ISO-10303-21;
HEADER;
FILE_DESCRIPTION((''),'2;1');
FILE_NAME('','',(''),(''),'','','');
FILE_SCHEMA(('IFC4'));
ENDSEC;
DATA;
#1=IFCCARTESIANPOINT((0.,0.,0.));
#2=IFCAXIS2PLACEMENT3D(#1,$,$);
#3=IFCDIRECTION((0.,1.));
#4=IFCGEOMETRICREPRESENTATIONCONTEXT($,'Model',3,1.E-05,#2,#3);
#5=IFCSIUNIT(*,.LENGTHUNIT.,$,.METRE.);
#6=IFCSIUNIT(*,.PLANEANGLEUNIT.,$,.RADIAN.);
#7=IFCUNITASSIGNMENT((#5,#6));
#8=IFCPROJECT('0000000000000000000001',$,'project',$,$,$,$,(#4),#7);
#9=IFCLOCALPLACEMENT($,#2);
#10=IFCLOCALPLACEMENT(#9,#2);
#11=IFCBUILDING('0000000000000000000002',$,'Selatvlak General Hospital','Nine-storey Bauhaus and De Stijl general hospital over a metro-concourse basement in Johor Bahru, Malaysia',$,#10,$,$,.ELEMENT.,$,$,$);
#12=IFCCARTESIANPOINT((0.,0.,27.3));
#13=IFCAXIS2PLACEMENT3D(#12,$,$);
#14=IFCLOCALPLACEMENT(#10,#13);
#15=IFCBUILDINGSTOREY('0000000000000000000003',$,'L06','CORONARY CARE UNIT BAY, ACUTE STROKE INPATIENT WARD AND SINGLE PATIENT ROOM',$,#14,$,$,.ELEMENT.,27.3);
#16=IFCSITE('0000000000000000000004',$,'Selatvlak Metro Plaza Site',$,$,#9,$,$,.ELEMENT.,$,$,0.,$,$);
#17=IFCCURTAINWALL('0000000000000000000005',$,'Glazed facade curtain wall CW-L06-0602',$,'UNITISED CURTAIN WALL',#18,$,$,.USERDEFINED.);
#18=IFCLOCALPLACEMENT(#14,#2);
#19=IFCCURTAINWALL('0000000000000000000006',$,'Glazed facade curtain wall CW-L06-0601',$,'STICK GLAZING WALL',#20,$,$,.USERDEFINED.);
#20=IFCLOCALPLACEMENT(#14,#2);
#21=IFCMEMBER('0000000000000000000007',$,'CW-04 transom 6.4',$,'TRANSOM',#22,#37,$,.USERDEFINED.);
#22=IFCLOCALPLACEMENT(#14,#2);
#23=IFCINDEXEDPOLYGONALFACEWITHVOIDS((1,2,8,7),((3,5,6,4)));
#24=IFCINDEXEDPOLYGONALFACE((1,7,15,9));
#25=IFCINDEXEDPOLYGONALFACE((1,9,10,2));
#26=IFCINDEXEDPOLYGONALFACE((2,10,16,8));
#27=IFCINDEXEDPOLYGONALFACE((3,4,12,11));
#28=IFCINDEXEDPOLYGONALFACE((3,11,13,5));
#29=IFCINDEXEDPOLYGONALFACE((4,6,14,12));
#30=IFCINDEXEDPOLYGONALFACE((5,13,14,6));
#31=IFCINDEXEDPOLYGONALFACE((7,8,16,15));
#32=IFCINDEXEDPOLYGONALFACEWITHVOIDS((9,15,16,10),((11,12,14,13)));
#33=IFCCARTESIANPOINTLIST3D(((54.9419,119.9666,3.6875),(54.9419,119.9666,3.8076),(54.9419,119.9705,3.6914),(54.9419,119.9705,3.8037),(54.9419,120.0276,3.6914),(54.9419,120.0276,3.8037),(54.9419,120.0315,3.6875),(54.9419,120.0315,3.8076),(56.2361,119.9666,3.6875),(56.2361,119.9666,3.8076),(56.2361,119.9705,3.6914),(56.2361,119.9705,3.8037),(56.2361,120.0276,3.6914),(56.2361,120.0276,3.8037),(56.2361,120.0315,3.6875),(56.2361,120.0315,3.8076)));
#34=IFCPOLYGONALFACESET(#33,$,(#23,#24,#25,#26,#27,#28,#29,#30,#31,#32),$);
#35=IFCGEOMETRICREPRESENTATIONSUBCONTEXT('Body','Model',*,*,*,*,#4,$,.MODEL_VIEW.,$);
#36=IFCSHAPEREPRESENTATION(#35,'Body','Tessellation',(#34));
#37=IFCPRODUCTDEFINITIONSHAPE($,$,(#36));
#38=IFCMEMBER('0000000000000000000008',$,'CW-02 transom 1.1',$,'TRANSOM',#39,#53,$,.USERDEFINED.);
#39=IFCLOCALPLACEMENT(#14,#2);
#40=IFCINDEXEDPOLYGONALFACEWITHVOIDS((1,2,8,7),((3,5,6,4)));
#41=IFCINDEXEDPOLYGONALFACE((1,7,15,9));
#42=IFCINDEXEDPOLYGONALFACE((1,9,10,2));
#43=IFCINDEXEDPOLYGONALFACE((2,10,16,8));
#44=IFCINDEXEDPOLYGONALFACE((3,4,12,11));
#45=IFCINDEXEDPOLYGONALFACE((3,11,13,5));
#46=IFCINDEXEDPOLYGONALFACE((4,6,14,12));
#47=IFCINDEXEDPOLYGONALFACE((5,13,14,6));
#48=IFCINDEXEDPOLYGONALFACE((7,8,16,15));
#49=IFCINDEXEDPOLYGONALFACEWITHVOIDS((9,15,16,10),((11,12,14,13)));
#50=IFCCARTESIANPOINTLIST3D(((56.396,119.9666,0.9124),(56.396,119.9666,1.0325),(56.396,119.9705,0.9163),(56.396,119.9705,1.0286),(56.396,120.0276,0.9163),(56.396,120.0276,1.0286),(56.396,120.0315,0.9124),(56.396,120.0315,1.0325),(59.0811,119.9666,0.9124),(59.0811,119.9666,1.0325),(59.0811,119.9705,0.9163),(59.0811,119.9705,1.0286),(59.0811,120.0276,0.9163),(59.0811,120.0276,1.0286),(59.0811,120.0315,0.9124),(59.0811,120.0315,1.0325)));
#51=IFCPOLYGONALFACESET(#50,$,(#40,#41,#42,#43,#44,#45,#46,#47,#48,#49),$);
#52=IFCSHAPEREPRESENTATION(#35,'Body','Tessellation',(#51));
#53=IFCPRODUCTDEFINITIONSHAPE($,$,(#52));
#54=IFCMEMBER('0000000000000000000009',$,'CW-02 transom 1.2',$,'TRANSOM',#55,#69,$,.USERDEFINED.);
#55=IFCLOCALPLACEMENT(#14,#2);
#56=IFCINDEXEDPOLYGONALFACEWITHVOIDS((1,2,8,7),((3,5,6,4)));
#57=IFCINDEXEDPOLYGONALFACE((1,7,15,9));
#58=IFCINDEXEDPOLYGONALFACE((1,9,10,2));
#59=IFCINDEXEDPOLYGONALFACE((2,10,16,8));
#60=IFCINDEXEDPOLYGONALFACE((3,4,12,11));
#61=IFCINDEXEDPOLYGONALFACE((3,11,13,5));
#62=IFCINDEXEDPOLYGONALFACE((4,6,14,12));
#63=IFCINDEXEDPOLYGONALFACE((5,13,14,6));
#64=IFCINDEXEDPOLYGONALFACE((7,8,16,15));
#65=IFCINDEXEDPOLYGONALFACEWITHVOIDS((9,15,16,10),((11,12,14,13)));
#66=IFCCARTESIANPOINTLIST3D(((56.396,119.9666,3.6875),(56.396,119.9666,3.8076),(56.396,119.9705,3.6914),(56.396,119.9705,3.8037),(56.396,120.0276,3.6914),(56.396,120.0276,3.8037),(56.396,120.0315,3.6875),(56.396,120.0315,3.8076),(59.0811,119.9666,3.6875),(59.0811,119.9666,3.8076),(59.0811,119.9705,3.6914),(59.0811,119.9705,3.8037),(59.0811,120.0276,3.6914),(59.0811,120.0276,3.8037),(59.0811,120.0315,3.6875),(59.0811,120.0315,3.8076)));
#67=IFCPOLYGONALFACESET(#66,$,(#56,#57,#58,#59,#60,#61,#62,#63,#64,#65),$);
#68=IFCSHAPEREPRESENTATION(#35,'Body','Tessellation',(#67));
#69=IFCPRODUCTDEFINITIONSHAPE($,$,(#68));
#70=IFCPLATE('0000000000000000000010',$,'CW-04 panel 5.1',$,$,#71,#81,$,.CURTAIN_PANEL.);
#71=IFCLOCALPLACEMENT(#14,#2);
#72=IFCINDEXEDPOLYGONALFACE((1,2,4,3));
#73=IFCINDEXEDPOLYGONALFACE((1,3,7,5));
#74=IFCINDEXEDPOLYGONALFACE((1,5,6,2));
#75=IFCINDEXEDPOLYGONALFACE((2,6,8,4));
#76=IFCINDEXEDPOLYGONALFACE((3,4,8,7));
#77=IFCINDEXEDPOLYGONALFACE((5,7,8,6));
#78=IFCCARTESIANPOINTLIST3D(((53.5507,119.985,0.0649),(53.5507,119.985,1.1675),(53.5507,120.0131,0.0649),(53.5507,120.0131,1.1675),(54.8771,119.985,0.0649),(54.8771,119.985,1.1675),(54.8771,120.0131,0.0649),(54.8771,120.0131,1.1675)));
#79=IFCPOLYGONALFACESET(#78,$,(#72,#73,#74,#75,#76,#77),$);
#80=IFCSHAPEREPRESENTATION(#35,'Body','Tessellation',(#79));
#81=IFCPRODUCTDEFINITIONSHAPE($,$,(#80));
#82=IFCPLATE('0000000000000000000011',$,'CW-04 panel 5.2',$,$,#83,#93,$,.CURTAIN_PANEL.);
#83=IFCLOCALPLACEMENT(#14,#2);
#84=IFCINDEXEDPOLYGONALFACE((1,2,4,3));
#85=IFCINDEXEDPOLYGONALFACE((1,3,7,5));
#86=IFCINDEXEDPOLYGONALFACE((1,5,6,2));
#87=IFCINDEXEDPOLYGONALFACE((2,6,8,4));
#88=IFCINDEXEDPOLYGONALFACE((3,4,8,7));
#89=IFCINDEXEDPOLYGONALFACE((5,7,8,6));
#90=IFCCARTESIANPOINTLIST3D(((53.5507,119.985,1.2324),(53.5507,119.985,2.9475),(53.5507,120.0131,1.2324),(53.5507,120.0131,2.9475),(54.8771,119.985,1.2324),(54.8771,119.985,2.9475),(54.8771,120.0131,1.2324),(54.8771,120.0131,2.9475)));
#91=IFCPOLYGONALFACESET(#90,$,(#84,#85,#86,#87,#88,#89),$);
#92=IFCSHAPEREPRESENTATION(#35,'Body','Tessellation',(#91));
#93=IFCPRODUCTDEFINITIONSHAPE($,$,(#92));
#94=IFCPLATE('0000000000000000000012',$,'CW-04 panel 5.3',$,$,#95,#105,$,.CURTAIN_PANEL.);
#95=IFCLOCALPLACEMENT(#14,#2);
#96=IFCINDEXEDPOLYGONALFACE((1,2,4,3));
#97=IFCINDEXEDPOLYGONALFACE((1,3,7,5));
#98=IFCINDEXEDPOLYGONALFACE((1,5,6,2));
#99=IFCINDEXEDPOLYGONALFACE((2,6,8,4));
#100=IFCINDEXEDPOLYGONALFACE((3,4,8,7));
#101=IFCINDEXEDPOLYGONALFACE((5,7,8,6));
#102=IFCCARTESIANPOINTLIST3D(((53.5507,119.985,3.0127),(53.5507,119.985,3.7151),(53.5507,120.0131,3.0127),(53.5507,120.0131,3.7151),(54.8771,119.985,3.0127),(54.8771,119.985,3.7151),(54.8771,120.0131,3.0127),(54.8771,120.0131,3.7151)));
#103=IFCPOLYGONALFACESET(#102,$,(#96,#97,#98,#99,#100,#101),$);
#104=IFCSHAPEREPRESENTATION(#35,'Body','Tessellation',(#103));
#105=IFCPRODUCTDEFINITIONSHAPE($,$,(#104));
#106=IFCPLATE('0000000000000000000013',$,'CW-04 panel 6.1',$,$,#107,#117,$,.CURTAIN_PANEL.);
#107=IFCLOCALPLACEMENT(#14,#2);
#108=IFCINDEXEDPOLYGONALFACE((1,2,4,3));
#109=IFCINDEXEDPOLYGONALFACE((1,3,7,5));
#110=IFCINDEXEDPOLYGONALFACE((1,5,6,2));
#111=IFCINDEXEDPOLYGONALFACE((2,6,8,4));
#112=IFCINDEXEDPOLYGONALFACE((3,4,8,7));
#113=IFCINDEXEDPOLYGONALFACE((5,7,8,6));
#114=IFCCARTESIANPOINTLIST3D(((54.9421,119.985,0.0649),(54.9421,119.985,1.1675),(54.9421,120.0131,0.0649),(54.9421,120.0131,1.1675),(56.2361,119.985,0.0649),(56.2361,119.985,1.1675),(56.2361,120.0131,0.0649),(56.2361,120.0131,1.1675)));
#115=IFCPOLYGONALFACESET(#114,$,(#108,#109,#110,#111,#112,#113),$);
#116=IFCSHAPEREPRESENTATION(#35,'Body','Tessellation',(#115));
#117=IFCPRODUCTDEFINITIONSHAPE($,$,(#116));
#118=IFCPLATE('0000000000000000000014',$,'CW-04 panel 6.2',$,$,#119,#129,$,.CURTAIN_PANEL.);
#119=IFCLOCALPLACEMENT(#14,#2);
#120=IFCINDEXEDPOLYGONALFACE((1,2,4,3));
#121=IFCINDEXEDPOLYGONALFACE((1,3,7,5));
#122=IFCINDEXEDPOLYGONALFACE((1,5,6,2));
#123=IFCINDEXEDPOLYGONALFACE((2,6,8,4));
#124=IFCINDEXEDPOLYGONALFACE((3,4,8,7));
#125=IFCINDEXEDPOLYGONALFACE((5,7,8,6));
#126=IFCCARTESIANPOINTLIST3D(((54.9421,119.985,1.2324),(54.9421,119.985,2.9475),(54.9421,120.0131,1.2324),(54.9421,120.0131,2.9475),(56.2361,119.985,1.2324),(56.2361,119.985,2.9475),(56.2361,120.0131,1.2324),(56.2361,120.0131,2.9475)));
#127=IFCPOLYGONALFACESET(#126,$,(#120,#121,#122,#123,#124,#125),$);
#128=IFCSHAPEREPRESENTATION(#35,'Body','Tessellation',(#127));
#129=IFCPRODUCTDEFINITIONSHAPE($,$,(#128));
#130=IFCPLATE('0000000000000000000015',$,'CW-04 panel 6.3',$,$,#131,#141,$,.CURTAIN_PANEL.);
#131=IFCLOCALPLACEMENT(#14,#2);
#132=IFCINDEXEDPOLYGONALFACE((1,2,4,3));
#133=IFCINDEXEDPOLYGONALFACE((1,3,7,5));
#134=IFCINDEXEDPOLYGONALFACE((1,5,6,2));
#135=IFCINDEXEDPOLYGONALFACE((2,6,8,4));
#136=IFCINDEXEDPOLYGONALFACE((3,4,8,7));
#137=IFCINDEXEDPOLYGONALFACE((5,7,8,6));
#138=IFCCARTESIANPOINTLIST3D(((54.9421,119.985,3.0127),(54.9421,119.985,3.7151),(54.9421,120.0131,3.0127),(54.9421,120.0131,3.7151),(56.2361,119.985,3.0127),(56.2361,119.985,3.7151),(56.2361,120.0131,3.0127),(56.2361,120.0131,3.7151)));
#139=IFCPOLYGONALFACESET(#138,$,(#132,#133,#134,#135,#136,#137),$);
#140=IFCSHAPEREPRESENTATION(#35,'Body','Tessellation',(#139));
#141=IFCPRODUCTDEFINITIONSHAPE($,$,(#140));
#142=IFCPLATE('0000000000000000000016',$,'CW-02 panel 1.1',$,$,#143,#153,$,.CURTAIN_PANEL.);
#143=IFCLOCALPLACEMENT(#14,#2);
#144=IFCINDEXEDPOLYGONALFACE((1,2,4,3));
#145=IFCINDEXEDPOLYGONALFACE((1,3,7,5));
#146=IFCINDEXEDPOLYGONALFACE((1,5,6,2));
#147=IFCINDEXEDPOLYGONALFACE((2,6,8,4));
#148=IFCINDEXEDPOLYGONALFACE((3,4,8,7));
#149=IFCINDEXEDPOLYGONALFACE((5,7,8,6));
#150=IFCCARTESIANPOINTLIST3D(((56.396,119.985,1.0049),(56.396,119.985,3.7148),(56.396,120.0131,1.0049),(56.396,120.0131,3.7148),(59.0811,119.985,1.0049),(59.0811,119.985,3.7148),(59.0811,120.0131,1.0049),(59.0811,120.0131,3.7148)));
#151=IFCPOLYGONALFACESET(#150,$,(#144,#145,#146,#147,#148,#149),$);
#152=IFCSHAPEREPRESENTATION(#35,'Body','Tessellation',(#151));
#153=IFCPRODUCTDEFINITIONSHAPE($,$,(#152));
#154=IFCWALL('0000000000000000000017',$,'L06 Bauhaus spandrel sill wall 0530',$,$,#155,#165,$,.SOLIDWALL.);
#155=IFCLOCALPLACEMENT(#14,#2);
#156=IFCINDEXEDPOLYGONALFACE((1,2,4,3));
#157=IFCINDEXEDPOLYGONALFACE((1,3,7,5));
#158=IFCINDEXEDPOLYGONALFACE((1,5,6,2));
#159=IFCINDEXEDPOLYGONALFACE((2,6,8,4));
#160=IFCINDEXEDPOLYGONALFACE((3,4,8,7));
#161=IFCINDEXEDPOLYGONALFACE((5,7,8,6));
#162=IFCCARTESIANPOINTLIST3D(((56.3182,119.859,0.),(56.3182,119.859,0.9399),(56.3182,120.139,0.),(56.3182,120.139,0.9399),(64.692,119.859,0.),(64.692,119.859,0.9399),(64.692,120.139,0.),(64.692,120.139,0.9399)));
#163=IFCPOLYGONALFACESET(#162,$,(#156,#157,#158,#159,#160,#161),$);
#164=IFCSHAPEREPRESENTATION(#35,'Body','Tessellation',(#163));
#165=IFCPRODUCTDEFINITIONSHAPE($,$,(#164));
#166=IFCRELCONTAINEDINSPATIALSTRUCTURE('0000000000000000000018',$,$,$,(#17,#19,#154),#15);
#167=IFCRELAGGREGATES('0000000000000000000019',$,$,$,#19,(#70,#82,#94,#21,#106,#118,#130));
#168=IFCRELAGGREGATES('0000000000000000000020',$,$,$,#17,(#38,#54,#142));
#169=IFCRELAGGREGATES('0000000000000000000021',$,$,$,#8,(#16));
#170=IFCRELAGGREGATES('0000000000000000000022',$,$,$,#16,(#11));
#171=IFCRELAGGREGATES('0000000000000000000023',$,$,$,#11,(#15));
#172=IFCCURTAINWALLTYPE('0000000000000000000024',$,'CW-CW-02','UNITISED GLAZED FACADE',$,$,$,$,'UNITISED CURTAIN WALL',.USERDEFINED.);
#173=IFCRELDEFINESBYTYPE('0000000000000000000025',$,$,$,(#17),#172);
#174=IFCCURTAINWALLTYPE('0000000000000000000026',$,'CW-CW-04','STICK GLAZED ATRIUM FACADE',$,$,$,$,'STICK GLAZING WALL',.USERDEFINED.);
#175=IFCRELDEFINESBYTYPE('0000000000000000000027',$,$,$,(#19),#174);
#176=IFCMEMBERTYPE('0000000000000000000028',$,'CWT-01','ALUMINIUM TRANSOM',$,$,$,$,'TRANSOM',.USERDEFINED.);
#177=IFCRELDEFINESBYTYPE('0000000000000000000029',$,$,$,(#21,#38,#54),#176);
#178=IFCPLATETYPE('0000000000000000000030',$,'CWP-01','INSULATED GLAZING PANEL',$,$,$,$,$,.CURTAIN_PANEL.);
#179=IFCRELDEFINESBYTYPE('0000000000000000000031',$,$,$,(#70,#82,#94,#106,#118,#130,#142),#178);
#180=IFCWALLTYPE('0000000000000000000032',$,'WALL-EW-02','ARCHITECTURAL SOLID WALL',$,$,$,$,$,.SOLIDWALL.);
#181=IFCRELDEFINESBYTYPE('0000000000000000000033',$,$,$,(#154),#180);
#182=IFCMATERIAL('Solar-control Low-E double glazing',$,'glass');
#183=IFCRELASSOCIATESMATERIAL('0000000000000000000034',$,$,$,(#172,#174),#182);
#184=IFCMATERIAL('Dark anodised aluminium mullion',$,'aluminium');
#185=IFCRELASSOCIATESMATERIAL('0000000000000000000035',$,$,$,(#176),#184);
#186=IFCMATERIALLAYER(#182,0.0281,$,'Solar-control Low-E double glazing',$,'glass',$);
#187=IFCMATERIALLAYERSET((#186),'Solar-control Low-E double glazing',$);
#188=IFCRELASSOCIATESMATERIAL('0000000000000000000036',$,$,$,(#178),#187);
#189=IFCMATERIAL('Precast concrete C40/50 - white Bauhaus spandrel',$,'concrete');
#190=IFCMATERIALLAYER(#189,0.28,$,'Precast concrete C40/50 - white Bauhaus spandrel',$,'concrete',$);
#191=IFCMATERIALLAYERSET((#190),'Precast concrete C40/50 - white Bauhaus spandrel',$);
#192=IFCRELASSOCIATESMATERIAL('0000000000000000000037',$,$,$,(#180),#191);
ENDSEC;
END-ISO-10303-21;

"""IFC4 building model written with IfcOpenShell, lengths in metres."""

from ifc_helpers import new_model, si_unit, direction, frame, frame_2d, origin, origin_2d, place, context, subcontext, project, spatial, rectangle, hollow_rectangle, extrude, material, layer, layer_set, material_profile, profile_set, type_object, element, aggregate, save


model = new_model("IFC4")

# Units and contexts
model_context = context("Model", 3, precision=1e-05, world=origin(), true_north=direction((0.0, 1.0)))
body_context = subcontext(model_context, "Body", "Model", "MODEL_VIEW")
ifc_project = project(units=[si_unit("LENGTHUNIT", "METRE"), si_unit("PLANEANGLEUNIT", "RADIAN")], contexts=[model_context])

# Site, building, storey
site_placement = place(None, origin())
site = spatial("IfcSite", under=ifc_project, at=site_placement, Name="Selatvlak Metro Plaza Site", CompositionType="ELEMENT", RefElevation=0.0)
building_placement = place(site_placement, origin())
building = spatial("IfcBuilding", under=site, at=building_placement, Name="Selatvlak General Hospital", Description="Nine-storey Bauhaus and De Stijl general hospital over a metro-concourse basement in Johor Bahru, Malaysia", CompositionType="ELEMENT")
storey_placement = place(building_placement, frame((0.0, 0.0, 27.3)))
storey = spatial("IfcBuildingStorey", under=building, at=storey_placement, Name="L06", Description="CORONARY CARE UNIT BAY, ACUTE STROKE INPATIENT WARD AND SINGLE PATIENT ROOM", CompositionType="ELEMENT", Elevation=27.3)

# Curtain walls, member
ifc_material_1 = material(Name="Solar-control Low-E double glazing", Category="glass")
curtain_wall_type_1 = type_object("IfcCurtainWallType", Name="CW-CW-02", Description="UNITISED GLAZED FACADE", ElementType="UNITISED CURTAIN WALL", PredefinedType="USERDEFINED", material=ifc_material_1)
curtain_wall_1_placement = place(storey_placement, origin())
curtain_wall_1 = element("IfcCurtainWall", 1, at=curtain_wall_1_placement, inside=storey, type_object=curtain_wall_type_1, Name="Glazed facade curtain wall CW-L06-0602", ObjectType="UNITISED CURTAIN WALL", PredefinedType="USERDEFINED")
ifc_material_2 = material(Name="Dark anodised aluminium mullion", Category="aluminium")
curtain_wall_type_2 = type_object("IfcCurtainWallType", Name="CW-CW-04", Description="STICK GLAZED ATRIUM FACADE", ElementType="STICK GLAZING WALL", PredefinedType="USERDEFINED", material=ifc_material_1)
curtain_wall_2_placement = place(storey_placement, origin())
curtain_wall_2 = element("IfcCurtainWall", 2, at=curtain_wall_2_placement, inside=storey, type_object=curtain_wall_type_2, Name="Glazed facade curtain wall CW-L06-0601", ObjectType="STICK GLAZING WALL", PredefinedType="USERDEFINED")
ifc_material_profile_1 = material_profile(ifc_material_2, hollow_rectangle(XDim=0.0649, YDim=0.1201, WallThickness=0.0039, at=origin_2d()), Name="AL-TRN 65x120x4")
ifc_profile_set_1 = profile_set([ifc_material_profile_1], Name="Dark anodised aluminium mullion")
member_type_1 = type_object("IfcMemberType", Name="CWT-01", Description="ALUMINIUM TRANSOM", ElementType="TRANSOM", PredefinedType="USERDEFINED", material=ifc_profile_set_1)
member_1_placement = place(storey_placement, frame((54.9419, 119.999, 3.7476), z_axis=(1.0, 0.0, 0.0), x_axis=(0.0, 1.0, 0.0)))
member_1 = element("IfcMember", 3, at=member_1_placement, type_object=member_type_1, Name="CW-04 transom 6.4", ObjectType="TRANSOM", PredefinedType="USERDEFINED", context=body_context, shape_type="SweptSolid", body=[
    extrude(hollow_rectangle(XDim=0.0649, YDim=0.1201, WallThickness=0.0039, at=origin_2d()), origin(), (0.0, 0.0, 1.0), 1.2942),
])

# Members
member_2_placement = place(storey_placement, frame((56.396, 119.999, 0.9724), z_axis=(1.0, 0.0, 0.0), x_axis=(0.0, 1.0, 0.0)))
member_2 = element("IfcMember", 4, at=member_2_placement, type_object=member_type_1, Name="CW-02 transom 1.1", ObjectType="TRANSOM", PredefinedType="USERDEFINED", context=body_context, shape_type="SweptSolid", body=[
    extrude(hollow_rectangle(XDim=0.0649, YDim=0.1201, WallThickness=0.0039, at=origin_2d()), origin(), (0.0, 0.0, 1.0), 2.6851),
])
member_3_placement = place(storey_placement, frame((56.396, 119.999, 3.7476), z_axis=(1.0, 0.0, 0.0), x_axis=(0.0, 1.0, 0.0)))
member_3 = element("IfcMember", 5, at=member_3_placement, type_object=member_type_1, Name="CW-02 transom 1.2", ObjectType="TRANSOM", PredefinedType="USERDEFINED", context=body_context, shape_type="SweptSolid", body=[
    extrude(hollow_rectangle(XDim=0.0649, YDim=0.1201, WallThickness=0.0039, at=origin_2d()), origin(), (0.0, 0.0, 1.0), 2.6851),
])

# Plates
ifc_layer_1 = layer(ifc_material_1, 0.0281, Name="Solar-control Low-E double glazing", Category="glass")
ifc_layer_set_1 = layer_set([ifc_layer_1], Name="Solar-control Low-E double glazing")
plate_type = type_object("IfcPlateType", Name="CWP-01", Description="INSULATED GLAZING PANEL", PredefinedType="CURTAIN_PANEL", material=ifc_layer_set_1)
plate_1_placement = place(storey_placement, frame((54.2139, 119.999, 0.0649), z_axis=(0.0, 0.0, 1.0), x_axis=(1.0, 0.0, 0.0)))
plate_1 = element("IfcPlate", 6, at=plate_1_placement, type_object=plate_type, Name="CW-04 panel 5.1", PredefinedType="CURTAIN_PANEL", context=body_context, shape_type="SweptSolid", body=[
    extrude(rectangle(XDim=1.3264, YDim=0.0281, at=origin_2d()), origin(), (0.0, 0.0, 1.0), 1.1025),
])
plate_2_placement = place(storey_placement, frame((54.2139, 119.999, 1.2324), z_axis=(0.0, 0.0, 1.0), x_axis=(1.0, 0.0, 0.0)))
plate_2 = element("IfcPlate", 7, at=plate_2_placement, type_object=plate_type, Name="CW-04 panel 5.2", PredefinedType="CURTAIN_PANEL", context=body_context, shape_type="SweptSolid", body=[
    extrude(rectangle(XDim=1.3264, YDim=0.0281, at=origin_2d()), origin(), (0.0, 0.0, 1.0), 1.7151),
])
plate_3_placement = place(storey_placement, frame((54.2139, 119.999, 3.0127), z_axis=(0.0, 0.0, 1.0), x_axis=(1.0, 0.0, 0.0)))
plate_3 = element("IfcPlate", 8, at=plate_3_placement, type_object=plate_type, Name="CW-04 panel 5.3", PredefinedType="CURTAIN_PANEL", context=body_context, shape_type="SweptSolid", body=[
    extrude(rectangle(XDim=1.3264, YDim=0.0281, at=origin_2d()), origin(), (0.0, 0.0, 1.0), 0.7024),
])
plate_4_placement = place(storey_placement, frame((55.5891, 119.999, 0.0649), z_axis=(0.0, 0.0, 1.0), x_axis=(1.0, 0.0, 0.0)))
plate_4 = element("IfcPlate", 9, at=plate_4_placement, type_object=plate_type, Name="CW-04 panel 6.1", PredefinedType="CURTAIN_PANEL", context=body_context, shape_type="SweptSolid", body=[
    extrude(rectangle(XDim=1.2939, YDim=0.0281, at=origin_2d()), origin(), (0.0, 0.0, 1.0), 1.1025),
])
plate_5_placement = place(storey_placement, frame((55.5891, 119.999, 1.2324), z_axis=(0.0, 0.0, 1.0), x_axis=(1.0, 0.0, 0.0)))
plate_5 = element("IfcPlate", 10, at=plate_5_placement, type_object=plate_type, Name="CW-04 panel 6.2", PredefinedType="CURTAIN_PANEL", context=body_context, shape_type="SweptSolid", body=[
    extrude(rectangle(XDim=1.2939, YDim=0.0281, at=origin_2d()), origin(), (0.0, 0.0, 1.0), 1.7151),
])
plate_6_placement = place(storey_placement, frame((55.5891, 119.999, 3.0127), z_axis=(0.0, 0.0, 1.0), x_axis=(1.0, 0.0, 0.0)))
plate_6 = element("IfcPlate", 11, at=plate_6_placement, type_object=plate_type, Name="CW-04 panel 6.3", PredefinedType="CURTAIN_PANEL", context=body_context, shape_type="SweptSolid", body=[
    extrude(rectangle(XDim=1.2939, YDim=0.0281, at=origin_2d()), origin(), (0.0, 0.0, 1.0), 0.7024),
])
aggregate(curtain_wall_2, [plate_1, plate_2, plate_3, member_1, plate_4, plate_5, plate_6])
plate_7_placement = place(storey_placement, frame((57.7385, 119.999, 1.0049), z_axis=(0.0, 0.0, 1.0), x_axis=(1.0, 0.0, 0.0)))
plate_7 = element("IfcPlate", 12, at=plate_7_placement, type_object=plate_type, Name="CW-02 panel 1.1", PredefinedType="CURTAIN_PANEL", context=body_context, shape_type="SweptSolid", body=[
    extrude(rectangle(XDim=2.6851, YDim=0.0281, at=origin_2d()), origin(), (0.0, 0.0, 1.0), 2.71),
])
aggregate(curtain_wall_1, [member_2, member_3, plate_7])

# Wall
ifc_material_3 = material(Name="Precast concrete C40/50 - white Bauhaus spandrel", Category="concrete")
ifc_layer_2 = layer(ifc_material_3, 0.28, Name="Precast concrete C40/50 - white Bauhaus spandrel", Category="concrete")
ifc_layer_set_2 = layer_set([ifc_layer_2], Name="Precast concrete C40/50 - white Bauhaus spandrel")
wall_type = type_object("IfcWallType", Name="WALL-EW-02", Description="ARCHITECTURAL SOLID WALL", PredefinedType="SOLIDWALL", material=ifc_layer_set_2)
wall_placement = place(storey_placement, frame((56.3181, 119.999, 0.0), z_axis=(0.0, 0.0, 1.0), x_axis=(1.0, 0.0, 0.0)))
element("IfcWall", 13, at=wall_placement, inside=storey, type_object=wall_type, Name="L06 Bauhaus spandrel sill wall 0530", PredefinedType="SOLIDWALL", context=body_context, shape_type="SweptSolid", body=[
    extrude(rectangle(XDim=8.3738, YDim=0.28, at=frame_2d((4.187, 0.0))), origin(), (0.0, 0.0, 1.0), 0.9399),
])

save(model, "model.ifc")
